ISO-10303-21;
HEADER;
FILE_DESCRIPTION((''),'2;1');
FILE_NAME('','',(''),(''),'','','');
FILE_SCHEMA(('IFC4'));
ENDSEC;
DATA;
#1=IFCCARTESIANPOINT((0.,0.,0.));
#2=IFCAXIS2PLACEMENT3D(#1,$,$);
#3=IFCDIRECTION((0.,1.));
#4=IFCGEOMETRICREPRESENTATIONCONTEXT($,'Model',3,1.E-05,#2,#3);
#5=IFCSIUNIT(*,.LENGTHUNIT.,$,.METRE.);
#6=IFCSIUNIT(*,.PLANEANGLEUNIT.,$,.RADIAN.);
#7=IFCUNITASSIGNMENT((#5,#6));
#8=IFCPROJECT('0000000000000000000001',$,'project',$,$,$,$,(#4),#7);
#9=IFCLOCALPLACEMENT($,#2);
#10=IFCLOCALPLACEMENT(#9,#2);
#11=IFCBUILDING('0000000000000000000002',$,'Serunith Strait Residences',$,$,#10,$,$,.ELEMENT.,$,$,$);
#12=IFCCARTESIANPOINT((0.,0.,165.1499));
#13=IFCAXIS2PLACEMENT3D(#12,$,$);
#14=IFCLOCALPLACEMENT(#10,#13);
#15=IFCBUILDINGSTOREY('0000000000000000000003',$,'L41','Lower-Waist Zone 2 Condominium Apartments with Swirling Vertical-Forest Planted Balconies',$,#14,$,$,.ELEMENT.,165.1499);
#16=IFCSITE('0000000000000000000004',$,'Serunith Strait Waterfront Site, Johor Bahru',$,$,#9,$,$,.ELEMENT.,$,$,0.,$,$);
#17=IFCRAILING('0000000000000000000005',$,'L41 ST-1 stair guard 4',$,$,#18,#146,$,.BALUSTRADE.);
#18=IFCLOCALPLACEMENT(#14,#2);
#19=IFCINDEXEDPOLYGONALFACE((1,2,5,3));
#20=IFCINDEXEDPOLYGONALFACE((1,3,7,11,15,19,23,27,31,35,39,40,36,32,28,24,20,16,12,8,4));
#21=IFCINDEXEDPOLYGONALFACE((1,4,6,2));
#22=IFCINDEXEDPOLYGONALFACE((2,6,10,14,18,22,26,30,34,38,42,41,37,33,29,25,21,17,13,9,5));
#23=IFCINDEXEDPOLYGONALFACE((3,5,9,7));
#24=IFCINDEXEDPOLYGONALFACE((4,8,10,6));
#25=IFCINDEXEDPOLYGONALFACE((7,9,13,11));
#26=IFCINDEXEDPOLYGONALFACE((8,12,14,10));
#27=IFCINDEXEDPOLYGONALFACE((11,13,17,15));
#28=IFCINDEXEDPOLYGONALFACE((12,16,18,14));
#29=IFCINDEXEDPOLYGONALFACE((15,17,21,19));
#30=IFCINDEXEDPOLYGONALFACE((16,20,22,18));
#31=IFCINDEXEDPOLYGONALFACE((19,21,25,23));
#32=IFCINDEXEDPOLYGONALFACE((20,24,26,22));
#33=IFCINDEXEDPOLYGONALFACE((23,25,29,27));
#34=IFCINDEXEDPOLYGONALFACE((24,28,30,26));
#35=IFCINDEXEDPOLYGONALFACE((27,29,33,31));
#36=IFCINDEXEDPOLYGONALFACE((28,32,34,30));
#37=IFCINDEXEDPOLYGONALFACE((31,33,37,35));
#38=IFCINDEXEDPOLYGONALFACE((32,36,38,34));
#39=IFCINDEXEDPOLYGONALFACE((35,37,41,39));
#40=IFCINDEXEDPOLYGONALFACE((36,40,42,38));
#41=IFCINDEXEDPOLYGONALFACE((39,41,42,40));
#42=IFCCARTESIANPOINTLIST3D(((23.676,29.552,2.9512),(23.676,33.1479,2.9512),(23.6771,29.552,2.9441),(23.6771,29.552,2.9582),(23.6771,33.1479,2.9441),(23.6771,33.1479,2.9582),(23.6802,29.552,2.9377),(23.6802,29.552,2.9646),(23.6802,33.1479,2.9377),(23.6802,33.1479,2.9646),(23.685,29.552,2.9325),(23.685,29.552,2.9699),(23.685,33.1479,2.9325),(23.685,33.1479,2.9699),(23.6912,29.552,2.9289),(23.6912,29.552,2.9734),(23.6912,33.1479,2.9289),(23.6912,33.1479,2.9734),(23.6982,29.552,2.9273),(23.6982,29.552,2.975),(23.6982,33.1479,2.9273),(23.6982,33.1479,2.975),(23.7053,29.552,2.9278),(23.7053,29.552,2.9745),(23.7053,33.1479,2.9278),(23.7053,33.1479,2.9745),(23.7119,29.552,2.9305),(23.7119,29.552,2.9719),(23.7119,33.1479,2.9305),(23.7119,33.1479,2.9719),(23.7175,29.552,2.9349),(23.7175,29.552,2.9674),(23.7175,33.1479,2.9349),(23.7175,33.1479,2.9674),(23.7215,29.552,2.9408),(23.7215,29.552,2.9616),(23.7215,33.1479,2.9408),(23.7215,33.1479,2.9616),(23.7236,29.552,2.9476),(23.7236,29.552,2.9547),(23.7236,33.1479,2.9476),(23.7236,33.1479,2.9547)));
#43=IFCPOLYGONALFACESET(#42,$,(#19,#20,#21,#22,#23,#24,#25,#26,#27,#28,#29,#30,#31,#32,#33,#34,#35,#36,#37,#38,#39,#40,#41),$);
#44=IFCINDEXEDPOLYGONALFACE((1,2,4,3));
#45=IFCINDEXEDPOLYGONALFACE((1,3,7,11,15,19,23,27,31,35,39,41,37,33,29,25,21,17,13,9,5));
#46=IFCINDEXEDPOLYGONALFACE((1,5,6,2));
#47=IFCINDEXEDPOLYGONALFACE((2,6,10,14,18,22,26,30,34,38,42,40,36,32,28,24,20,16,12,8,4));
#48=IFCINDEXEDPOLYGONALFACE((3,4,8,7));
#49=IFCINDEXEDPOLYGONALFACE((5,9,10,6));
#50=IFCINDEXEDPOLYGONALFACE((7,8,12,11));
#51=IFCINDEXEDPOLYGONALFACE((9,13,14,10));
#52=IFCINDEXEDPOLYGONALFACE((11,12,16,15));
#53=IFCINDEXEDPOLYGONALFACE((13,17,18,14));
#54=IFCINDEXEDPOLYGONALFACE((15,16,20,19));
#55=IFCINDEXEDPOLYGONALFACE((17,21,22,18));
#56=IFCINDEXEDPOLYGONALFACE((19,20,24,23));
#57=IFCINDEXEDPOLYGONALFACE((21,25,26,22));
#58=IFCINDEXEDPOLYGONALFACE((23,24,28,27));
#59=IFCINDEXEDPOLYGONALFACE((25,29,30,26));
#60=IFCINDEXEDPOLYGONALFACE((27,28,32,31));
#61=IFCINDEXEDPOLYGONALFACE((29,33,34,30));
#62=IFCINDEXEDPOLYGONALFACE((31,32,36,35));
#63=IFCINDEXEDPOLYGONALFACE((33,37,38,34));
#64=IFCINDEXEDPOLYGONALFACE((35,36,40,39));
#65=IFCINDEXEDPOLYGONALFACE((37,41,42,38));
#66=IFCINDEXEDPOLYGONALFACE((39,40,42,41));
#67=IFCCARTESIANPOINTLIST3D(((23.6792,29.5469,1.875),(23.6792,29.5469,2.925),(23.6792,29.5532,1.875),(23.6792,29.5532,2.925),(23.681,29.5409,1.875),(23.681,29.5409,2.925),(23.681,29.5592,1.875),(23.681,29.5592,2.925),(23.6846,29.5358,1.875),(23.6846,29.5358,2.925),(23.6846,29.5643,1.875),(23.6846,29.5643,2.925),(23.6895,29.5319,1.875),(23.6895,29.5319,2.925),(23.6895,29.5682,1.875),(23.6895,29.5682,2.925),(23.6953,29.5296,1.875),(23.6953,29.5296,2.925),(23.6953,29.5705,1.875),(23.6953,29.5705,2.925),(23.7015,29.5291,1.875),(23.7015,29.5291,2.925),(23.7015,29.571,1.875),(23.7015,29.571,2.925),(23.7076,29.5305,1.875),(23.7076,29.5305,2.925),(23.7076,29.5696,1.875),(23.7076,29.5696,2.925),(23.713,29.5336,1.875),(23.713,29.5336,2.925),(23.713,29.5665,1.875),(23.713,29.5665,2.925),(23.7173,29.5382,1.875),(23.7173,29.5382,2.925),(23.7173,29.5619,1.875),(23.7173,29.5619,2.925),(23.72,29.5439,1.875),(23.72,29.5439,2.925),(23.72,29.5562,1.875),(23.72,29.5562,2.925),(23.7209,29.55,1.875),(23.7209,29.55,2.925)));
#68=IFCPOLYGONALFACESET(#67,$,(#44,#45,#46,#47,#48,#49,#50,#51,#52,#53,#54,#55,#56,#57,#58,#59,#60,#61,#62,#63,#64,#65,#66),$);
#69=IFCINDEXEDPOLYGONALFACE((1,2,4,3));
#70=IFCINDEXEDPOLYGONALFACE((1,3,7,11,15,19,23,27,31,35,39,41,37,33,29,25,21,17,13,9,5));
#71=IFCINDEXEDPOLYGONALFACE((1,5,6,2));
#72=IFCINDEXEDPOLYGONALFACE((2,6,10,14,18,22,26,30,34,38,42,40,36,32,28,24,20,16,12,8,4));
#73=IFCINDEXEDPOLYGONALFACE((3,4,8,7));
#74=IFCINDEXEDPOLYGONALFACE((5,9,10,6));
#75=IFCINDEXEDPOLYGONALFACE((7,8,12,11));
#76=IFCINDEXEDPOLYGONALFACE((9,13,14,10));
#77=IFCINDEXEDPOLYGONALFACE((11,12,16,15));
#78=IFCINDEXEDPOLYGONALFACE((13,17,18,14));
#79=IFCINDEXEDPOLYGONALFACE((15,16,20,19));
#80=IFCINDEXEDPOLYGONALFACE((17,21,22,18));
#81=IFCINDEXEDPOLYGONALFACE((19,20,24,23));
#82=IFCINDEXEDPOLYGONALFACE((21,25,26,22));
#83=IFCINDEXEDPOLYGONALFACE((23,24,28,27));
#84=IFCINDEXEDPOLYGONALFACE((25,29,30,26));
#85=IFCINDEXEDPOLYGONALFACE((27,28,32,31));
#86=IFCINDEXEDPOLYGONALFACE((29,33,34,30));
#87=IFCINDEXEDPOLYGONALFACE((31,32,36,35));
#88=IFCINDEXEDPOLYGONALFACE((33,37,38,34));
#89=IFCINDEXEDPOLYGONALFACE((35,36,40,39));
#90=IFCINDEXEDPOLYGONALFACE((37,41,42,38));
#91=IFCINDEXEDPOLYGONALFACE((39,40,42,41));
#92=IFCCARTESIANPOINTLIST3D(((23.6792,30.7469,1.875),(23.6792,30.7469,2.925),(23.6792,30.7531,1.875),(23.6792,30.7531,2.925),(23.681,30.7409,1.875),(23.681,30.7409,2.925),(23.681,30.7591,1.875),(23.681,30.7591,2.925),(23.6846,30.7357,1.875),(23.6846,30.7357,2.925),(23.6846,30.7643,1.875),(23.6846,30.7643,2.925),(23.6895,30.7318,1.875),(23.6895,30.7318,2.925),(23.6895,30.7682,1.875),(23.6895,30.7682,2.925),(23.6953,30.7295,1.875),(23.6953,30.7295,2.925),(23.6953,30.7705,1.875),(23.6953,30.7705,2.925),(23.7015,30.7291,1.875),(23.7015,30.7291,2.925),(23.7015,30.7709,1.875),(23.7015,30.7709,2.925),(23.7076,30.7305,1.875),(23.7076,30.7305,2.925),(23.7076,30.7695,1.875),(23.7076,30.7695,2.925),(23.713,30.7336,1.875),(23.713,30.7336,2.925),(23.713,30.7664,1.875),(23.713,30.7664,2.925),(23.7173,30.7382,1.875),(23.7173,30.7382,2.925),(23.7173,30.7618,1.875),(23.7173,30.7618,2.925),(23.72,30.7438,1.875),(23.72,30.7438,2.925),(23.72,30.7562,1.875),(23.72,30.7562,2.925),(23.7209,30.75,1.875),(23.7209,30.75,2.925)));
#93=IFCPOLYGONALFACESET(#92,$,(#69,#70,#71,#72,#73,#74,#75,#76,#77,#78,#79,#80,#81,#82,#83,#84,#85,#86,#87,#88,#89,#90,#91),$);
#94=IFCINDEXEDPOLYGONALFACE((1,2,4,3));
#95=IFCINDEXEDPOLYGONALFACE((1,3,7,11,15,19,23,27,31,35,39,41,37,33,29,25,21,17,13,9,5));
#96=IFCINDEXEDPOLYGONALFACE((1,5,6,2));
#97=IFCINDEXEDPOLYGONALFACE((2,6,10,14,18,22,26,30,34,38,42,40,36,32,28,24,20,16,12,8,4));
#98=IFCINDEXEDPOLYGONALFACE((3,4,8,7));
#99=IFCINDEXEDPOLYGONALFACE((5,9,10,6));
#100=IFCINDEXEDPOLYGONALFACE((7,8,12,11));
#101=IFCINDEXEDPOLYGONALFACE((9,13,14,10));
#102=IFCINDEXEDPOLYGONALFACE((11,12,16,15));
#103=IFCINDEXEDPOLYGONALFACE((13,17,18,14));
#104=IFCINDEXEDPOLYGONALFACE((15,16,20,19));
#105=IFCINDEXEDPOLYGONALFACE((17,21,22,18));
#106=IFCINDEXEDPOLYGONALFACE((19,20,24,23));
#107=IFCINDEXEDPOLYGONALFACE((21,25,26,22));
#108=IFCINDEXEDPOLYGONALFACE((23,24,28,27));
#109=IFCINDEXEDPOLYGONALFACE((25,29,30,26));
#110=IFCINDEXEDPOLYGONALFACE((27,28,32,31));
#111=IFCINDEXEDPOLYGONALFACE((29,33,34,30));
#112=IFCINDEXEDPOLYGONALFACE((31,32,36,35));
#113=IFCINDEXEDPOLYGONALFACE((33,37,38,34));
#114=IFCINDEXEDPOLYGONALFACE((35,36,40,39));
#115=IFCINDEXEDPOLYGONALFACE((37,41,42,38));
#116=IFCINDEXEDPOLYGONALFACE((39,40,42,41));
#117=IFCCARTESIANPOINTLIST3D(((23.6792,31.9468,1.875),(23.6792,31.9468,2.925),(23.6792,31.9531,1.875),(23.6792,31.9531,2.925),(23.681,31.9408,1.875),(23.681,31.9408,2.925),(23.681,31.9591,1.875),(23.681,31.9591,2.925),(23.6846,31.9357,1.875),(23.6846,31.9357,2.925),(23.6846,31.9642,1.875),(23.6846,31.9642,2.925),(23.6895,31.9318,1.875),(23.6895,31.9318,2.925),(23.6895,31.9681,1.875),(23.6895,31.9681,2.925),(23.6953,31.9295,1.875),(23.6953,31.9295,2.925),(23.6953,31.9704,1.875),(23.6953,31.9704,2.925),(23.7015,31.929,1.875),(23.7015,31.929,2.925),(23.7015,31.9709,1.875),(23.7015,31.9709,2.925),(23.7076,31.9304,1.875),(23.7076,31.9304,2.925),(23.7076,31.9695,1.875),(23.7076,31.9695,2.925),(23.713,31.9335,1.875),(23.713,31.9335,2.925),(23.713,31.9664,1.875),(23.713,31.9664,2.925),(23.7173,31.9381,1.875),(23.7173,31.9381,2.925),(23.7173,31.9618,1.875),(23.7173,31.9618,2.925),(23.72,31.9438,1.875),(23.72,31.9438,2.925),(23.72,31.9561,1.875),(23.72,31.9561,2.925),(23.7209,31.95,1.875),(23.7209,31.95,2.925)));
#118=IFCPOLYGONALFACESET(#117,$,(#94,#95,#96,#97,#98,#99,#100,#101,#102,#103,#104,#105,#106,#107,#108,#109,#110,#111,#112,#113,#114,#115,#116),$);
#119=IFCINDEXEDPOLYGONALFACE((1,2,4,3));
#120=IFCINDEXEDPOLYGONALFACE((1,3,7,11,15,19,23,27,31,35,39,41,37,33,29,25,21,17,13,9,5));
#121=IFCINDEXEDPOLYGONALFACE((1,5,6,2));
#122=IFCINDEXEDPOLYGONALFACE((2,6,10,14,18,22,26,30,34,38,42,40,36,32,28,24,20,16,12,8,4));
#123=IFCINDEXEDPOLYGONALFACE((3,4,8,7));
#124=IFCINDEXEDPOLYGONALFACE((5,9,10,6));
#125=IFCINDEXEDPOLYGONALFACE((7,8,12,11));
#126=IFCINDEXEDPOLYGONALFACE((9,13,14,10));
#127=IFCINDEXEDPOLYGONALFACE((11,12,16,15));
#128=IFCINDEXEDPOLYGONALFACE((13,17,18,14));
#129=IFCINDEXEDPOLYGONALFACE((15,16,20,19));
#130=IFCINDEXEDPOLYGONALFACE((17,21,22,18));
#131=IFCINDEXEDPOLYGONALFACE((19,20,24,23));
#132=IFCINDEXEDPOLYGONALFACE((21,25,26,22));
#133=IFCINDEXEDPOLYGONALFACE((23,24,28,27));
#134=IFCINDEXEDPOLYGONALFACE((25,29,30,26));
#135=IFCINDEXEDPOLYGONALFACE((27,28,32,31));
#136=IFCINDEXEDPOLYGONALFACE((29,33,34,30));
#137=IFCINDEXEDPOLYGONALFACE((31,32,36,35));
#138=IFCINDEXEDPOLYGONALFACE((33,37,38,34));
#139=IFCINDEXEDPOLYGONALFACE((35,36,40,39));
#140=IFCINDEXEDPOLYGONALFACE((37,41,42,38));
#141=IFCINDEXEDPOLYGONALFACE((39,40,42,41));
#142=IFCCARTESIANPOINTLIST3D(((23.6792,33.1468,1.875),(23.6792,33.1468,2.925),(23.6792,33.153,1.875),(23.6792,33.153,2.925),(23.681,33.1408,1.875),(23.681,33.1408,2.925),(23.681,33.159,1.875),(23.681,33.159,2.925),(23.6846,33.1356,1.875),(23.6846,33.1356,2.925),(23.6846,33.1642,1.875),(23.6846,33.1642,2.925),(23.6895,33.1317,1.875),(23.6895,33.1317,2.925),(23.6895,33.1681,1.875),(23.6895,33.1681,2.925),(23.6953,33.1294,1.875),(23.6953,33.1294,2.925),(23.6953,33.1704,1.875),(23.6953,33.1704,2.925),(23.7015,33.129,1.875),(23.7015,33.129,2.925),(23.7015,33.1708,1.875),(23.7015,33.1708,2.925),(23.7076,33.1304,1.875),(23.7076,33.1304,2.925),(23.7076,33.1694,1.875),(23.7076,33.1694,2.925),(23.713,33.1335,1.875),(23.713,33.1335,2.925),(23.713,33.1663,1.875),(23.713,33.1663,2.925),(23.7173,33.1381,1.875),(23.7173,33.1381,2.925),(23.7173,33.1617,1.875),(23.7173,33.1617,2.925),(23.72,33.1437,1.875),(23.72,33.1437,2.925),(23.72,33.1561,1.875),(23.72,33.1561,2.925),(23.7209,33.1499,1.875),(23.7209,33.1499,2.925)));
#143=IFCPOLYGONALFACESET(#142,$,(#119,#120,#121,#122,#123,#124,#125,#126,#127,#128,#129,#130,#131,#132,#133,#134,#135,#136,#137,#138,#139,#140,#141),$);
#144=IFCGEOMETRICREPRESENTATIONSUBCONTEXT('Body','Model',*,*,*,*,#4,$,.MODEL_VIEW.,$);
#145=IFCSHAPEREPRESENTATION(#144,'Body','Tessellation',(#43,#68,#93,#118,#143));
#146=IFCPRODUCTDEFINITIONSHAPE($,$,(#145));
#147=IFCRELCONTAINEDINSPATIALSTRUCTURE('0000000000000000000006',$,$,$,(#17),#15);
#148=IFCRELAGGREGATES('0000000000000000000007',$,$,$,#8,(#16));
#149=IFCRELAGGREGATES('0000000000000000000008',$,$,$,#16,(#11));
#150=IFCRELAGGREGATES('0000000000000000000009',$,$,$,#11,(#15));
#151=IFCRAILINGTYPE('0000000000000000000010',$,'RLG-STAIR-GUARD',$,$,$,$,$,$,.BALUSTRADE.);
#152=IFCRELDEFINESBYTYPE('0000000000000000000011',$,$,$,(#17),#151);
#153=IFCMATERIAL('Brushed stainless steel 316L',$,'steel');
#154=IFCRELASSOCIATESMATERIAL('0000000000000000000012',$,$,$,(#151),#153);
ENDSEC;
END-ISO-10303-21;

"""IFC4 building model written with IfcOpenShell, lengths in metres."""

from ifc_helpers import new_model, si_unit, direction, frame, origin, origin_2d, place, context, subcontext, project, spatial, circle, extrude, material, type_object, element, save


model = new_model("IFC4")

# Units and contexts
model_context = context("Model", 3, precision=1e-05, world=origin(), true_north=direction((0.0, 1.0)))
body_context = subcontext(model_context, "Body", "Model", "MODEL_VIEW")
ifc_project = project(units=[si_unit("LENGTHUNIT", "METRE"), si_unit("PLANEANGLEUNIT", "RADIAN")], contexts=[model_context])

# Site, building, storey
site_placement = place(None, origin())
site = spatial("IfcSite", under=ifc_project, at=site_placement, Name="Serunith Strait Waterfront Site, Johor Bahru", CompositionType="ELEMENT", RefElevation=0.0)
building_placement = place(site_placement, origin())
building = spatial("IfcBuilding", under=site, at=building_placement, Name="Serunith Strait Residences", CompositionType="ELEMENT")
storey_placement = place(building_placement, frame((0.0, 0.0, 165.1499)))
storey = spatial("IfcBuildingStorey", under=building, at=storey_placement, Name="L41", Description="Lower-Waist Zone 2 Condominium Apartments with Swirling Vertical-Forest Planted Balconies", CompositionType="ELEMENT", Elevation=165.1499)

# Railing
ifc_material_1 = material(Name="Brushed stainless steel 316L", Category="steel")
railing_type_1 = type_object("IfcRailingType", Name="RLG-STAIR-GUARD", PredefinedType="BALUSTRADE", material=ifc_material_1)
for number, where, name in (
    (1, (23.7, 29.55, 1.875), "L41 ST-1 stair guard 4"),
):
    element("IfcRailing", number, at=place(storey_placement, frame(where)), inside=storey, type_object=railing_type_1, Name=name, PredefinedType="BALUSTRADE", context=body_context, shape_type="SweptSolid", body=[
        extrude(circle(Radius=0.0239, at=origin_2d()), frame((0.0, 0.002, 1.0762), z_axis=(0.0, 1.0, 0.0), x_axis=(-1.0, 0.0, 0.0)), (0.0, 0.0, 1.0), 3.5959),
        extrude(circle(Radius=0.021, at=origin_2d()), origin(), (0.0, 0.0, 1.0), 1.05),
        extrude(circle(Radius=0.021, at=origin_2d()), frame((0.0, 1.2, 0.0)), (0.0, 0.0, 1.0), 1.05),
        extrude(circle(Radius=0.021, at=origin_2d()), frame((0.0, 2.3999, 0.0)), (0.0, 0.0, 1.0), 1.05),
        extrude(circle(Radius=0.021, at=origin_2d()), frame((0.0, 3.5999, 0.0)), (0.0, 0.0, 1.0), 1.05),
    ])

save(model, "model.ifc")
